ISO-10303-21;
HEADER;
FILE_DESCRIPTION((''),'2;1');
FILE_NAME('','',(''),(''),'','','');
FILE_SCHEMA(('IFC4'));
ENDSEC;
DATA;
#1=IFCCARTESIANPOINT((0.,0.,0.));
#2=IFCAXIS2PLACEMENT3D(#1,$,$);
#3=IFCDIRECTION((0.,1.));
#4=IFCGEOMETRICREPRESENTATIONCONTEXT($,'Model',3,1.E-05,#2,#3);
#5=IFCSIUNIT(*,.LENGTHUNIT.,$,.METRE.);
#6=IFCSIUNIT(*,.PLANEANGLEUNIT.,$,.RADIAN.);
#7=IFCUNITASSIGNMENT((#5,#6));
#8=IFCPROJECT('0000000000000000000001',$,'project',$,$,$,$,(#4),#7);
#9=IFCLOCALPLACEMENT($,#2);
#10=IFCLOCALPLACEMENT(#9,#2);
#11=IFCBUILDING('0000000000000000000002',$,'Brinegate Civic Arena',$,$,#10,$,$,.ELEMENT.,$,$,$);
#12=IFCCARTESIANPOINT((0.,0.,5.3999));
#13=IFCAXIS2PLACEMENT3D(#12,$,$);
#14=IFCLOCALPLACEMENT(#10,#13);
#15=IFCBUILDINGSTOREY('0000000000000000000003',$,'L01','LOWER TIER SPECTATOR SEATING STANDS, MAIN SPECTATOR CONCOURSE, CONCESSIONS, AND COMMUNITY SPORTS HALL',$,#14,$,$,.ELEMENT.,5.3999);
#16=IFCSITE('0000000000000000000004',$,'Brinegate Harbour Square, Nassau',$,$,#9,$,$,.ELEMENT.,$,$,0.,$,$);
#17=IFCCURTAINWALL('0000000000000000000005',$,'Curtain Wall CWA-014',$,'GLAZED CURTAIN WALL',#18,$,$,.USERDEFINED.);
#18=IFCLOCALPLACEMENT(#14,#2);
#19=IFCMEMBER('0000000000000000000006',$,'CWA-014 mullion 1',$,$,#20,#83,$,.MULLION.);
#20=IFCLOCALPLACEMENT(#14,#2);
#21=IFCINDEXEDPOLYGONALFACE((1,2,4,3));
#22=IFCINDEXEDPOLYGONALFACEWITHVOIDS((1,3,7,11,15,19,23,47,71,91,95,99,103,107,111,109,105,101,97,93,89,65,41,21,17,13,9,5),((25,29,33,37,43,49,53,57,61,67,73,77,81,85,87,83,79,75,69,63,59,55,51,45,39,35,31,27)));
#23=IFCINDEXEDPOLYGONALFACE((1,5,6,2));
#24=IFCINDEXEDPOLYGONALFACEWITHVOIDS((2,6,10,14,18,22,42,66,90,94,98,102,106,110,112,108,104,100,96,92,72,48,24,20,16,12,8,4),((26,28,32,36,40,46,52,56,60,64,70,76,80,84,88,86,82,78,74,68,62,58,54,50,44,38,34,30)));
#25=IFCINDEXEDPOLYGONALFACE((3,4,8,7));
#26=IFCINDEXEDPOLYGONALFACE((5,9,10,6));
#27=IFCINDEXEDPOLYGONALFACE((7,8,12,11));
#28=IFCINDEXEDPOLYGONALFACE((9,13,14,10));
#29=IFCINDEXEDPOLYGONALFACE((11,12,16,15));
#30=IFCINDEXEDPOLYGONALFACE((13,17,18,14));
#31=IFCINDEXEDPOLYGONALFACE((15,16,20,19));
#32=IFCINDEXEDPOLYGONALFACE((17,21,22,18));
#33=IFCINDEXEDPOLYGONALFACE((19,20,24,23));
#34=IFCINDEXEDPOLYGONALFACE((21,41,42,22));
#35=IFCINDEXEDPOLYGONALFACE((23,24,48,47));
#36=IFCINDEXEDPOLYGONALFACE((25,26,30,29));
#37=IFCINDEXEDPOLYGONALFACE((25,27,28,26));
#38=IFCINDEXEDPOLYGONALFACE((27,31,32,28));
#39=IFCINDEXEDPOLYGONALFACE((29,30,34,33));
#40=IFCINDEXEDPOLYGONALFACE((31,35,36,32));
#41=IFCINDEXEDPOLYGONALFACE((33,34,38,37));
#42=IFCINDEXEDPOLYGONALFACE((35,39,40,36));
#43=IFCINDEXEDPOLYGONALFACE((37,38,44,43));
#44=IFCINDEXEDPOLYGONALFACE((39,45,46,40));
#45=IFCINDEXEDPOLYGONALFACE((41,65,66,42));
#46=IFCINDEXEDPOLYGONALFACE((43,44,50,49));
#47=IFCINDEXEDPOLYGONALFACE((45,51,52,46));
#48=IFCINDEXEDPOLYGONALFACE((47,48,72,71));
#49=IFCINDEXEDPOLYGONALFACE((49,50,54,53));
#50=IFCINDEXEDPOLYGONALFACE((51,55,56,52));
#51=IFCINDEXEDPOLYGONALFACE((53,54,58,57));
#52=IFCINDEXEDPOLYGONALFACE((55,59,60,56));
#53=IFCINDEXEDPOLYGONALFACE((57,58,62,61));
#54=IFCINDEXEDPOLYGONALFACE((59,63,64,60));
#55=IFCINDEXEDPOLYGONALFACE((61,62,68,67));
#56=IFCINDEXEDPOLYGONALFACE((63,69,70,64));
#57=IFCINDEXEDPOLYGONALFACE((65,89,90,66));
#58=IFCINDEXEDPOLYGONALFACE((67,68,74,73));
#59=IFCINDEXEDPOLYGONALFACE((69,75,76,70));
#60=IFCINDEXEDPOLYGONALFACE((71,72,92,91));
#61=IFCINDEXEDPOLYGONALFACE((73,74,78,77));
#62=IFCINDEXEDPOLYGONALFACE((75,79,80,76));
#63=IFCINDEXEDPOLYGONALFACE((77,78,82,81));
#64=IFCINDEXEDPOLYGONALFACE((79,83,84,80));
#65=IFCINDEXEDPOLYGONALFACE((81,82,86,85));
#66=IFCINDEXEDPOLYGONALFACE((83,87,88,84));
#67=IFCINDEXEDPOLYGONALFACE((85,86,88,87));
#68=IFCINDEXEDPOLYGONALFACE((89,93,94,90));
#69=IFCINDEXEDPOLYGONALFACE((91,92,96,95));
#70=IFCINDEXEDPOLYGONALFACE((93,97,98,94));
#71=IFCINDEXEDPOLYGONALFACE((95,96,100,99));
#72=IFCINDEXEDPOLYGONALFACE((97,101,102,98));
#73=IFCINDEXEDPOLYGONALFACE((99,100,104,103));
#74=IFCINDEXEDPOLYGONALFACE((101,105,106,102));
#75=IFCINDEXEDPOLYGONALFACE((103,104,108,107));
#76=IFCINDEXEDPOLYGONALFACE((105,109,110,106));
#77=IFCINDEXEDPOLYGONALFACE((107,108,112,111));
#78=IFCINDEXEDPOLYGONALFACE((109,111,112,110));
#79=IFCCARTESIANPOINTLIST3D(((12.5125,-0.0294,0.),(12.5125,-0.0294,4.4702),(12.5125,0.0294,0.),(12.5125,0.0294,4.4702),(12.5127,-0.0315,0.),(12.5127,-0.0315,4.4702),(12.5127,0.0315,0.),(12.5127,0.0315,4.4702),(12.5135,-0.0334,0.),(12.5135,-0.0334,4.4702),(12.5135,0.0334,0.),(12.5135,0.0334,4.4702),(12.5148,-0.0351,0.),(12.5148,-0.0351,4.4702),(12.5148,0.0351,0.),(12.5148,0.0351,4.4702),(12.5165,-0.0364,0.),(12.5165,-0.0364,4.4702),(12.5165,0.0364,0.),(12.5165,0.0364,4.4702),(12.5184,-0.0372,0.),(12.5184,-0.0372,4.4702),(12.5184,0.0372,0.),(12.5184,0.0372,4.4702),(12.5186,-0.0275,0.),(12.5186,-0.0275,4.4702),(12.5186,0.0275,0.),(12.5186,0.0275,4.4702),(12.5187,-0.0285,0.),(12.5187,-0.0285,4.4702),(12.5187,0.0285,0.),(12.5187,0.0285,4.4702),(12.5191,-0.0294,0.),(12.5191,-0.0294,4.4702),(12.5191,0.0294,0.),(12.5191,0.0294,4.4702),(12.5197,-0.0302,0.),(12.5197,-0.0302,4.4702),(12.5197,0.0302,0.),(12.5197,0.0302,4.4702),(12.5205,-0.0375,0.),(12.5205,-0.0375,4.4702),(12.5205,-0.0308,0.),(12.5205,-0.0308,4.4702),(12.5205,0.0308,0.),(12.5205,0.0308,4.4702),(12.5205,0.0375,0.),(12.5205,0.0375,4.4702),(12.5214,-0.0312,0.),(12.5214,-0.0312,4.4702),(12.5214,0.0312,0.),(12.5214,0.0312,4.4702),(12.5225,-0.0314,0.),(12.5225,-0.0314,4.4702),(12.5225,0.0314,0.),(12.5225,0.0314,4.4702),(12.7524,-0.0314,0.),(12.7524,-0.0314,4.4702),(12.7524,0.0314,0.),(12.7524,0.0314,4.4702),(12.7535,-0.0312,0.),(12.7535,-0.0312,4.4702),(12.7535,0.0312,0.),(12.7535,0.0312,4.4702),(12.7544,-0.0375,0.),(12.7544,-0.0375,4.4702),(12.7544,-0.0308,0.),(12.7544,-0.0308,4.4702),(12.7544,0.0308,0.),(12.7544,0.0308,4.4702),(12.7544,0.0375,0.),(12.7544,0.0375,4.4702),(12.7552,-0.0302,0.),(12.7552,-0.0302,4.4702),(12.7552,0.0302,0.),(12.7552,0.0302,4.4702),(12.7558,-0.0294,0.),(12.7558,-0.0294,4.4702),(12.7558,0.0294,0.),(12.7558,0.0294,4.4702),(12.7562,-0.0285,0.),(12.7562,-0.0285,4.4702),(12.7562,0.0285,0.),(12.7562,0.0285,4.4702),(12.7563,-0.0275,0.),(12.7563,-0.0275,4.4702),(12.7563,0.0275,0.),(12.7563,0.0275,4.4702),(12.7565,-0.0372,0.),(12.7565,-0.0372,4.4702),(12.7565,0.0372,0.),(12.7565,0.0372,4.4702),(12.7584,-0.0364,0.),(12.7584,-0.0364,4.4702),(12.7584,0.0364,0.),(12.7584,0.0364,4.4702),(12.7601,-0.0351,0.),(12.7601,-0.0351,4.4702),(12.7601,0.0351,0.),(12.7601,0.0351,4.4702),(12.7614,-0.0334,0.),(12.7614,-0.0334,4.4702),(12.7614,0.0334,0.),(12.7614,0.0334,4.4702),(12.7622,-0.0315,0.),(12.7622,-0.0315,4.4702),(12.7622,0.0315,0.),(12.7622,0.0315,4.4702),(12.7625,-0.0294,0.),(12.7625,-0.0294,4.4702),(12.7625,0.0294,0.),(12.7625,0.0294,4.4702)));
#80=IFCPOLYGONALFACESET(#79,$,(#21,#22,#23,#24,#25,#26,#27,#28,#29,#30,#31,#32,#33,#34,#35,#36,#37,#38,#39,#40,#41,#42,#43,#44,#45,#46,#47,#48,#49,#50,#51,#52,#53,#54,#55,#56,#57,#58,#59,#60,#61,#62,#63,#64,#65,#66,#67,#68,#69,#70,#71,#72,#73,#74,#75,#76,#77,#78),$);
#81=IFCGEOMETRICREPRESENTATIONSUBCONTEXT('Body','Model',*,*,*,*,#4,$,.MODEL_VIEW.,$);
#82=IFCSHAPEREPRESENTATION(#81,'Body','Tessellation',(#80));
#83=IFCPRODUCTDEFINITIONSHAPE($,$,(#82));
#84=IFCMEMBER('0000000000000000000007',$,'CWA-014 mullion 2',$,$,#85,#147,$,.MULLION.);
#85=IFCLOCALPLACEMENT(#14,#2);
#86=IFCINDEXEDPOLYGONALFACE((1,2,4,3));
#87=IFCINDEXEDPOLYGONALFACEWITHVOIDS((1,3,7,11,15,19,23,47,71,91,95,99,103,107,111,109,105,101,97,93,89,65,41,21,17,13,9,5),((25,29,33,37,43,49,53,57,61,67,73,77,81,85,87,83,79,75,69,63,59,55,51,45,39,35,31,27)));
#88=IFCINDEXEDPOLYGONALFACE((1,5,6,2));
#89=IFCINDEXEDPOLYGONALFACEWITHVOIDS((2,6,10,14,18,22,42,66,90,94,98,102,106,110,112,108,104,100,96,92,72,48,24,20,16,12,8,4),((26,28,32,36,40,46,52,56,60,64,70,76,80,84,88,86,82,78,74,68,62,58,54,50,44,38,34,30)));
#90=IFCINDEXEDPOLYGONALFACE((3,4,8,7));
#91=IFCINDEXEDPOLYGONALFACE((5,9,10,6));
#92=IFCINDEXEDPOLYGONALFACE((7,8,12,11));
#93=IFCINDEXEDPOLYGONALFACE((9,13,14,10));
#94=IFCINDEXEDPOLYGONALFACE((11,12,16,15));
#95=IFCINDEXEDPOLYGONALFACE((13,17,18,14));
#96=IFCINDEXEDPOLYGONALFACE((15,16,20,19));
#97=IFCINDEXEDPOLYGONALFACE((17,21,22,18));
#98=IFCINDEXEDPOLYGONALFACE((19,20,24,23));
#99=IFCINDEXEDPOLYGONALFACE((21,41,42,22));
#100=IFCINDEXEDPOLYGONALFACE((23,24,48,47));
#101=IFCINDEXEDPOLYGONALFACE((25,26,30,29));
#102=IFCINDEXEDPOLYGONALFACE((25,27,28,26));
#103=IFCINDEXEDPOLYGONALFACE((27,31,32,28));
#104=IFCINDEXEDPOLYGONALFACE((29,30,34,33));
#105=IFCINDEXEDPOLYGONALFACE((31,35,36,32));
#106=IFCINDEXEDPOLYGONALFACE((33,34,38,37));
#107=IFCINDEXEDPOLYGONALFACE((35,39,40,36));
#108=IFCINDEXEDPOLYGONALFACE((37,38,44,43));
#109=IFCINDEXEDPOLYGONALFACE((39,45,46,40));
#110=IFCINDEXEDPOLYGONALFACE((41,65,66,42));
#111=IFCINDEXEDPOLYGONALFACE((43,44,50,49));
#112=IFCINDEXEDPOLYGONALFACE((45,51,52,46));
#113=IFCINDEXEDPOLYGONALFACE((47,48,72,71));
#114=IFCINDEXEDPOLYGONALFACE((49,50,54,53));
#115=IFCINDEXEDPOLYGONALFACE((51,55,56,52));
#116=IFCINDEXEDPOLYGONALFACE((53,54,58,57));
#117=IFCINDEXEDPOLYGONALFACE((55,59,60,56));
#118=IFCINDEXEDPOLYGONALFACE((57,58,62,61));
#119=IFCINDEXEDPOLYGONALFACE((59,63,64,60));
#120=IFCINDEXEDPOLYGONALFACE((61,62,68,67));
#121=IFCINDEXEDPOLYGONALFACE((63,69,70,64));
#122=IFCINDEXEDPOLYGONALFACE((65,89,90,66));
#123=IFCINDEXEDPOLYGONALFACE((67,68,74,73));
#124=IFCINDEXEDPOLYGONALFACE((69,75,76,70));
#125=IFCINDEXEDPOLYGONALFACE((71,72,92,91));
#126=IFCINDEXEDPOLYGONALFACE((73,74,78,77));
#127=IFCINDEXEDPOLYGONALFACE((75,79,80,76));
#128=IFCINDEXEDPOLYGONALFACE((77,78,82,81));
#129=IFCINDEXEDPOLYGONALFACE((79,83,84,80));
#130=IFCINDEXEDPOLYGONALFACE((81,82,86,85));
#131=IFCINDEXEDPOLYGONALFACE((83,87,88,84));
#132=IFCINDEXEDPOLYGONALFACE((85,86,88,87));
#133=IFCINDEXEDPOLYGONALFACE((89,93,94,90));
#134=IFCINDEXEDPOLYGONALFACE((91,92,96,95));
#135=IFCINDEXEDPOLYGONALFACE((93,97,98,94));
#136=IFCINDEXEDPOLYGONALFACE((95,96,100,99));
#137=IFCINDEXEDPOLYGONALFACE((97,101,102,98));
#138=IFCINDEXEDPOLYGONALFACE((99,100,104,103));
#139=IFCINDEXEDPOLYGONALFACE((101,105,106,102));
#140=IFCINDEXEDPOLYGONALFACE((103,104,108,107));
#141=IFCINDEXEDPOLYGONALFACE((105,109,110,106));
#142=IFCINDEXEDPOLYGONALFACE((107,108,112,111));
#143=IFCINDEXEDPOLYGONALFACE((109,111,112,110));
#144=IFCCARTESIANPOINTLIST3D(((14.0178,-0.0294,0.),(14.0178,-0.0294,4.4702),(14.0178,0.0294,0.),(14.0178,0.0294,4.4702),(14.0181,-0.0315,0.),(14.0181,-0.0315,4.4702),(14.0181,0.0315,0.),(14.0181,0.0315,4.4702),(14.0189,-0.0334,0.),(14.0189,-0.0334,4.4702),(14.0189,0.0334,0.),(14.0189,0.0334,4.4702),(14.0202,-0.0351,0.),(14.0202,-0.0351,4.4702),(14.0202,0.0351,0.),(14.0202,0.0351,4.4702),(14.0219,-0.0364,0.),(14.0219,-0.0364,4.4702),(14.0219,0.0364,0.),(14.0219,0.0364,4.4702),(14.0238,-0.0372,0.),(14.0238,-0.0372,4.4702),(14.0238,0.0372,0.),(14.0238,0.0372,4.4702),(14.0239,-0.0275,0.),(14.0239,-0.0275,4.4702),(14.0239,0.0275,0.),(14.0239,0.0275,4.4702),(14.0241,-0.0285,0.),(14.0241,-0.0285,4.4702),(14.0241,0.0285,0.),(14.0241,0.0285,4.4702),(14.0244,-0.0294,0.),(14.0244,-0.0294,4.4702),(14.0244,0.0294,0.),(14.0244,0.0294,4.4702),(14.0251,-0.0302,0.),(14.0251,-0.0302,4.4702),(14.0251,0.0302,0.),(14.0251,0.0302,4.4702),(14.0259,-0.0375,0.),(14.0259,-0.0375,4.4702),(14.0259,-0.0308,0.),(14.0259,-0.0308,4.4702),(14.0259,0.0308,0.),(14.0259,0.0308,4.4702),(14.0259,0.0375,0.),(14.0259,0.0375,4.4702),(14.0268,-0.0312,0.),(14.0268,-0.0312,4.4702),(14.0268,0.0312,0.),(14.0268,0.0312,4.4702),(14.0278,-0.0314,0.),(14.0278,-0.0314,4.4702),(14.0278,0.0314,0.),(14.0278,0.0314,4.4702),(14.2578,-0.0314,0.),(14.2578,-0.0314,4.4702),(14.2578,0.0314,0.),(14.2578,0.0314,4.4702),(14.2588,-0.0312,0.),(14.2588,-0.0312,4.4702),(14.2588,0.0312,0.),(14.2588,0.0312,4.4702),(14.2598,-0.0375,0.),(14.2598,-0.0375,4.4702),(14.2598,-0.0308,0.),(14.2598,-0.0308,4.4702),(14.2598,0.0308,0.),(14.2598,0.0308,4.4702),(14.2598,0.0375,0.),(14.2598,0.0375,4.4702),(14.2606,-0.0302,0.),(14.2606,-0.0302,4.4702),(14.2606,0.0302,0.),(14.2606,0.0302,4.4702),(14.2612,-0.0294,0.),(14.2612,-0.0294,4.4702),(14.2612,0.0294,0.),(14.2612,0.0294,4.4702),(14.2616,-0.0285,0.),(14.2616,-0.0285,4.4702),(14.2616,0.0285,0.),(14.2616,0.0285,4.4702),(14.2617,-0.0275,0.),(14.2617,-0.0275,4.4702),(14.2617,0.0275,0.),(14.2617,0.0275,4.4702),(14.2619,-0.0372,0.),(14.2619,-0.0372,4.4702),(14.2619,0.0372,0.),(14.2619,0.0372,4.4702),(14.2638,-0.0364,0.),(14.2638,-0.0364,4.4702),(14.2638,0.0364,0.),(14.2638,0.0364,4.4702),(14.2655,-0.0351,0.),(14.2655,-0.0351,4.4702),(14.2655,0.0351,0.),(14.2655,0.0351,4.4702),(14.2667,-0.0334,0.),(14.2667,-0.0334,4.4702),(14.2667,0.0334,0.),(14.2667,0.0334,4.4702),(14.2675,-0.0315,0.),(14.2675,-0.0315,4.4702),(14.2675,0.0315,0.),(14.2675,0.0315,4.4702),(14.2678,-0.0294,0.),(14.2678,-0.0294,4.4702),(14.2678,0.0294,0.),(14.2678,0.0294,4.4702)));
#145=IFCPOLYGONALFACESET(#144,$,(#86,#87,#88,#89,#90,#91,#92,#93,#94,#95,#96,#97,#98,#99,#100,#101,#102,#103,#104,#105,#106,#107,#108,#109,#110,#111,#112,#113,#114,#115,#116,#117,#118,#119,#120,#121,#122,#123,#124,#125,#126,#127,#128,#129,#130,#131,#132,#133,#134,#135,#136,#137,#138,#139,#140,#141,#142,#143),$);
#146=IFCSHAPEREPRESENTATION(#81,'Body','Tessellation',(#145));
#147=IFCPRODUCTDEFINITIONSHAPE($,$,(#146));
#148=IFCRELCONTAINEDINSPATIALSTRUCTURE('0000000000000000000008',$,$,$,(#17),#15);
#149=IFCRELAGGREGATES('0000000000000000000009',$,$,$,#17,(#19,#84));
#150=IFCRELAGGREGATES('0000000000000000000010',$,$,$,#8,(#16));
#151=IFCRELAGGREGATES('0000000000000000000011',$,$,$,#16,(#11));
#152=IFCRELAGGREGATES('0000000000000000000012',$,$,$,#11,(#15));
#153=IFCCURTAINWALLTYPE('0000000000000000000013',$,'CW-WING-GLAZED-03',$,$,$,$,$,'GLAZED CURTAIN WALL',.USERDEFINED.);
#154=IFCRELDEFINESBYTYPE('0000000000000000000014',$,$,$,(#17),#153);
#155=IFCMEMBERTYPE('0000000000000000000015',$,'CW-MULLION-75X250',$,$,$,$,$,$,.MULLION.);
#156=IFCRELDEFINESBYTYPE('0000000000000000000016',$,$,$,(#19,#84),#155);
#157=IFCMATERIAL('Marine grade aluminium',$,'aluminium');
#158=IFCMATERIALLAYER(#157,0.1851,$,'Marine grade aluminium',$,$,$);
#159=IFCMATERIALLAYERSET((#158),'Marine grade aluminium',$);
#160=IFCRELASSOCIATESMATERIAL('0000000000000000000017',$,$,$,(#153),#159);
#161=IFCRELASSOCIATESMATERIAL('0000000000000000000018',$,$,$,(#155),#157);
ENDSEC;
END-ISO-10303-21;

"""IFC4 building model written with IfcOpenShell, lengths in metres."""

from ifc_helpers import new_model, si_unit, direction, frame, origin, origin_2d, place, context, subcontext, project, spatial, hollow_rectangle, extrude, material, layer, layer_set, material_profile, profile_set, type_object, element, aggregate, save


model = new_model("IFC4")

# Units and contexts
model_context = context("Model", 3, precision=1e-05, world=origin(), true_north=direction((0.0, 1.0)))
body_context = subcontext(model_context, "Body", "Model", "MODEL_VIEW")
ifc_project = project(units=[si_unit("LENGTHUNIT", "METRE"), si_unit("PLANEANGLEUNIT", "RADIAN")], contexts=[model_context])

# Site, building, storey
site_placement = place(None, origin())
site = spatial("IfcSite", under=ifc_project, at=site_placement, Name="Brinegate Harbour Square, Nassau", CompositionType="ELEMENT", RefElevation=0.0)
building_placement = place(site_placement, origin())
building = spatial("IfcBuilding", under=site, at=building_placement, Name="Brinegate Civic Arena", CompositionType="ELEMENT")
storey_placement = place(building_placement, frame((0.0, 0.0, 5.3999)))
storey = spatial("IfcBuildingStorey", under=building, at=storey_placement, Name="L01", Description="LOWER TIER SPECTATOR SEATING STANDS, MAIN SPECTATOR CONCOURSE, CONCESSIONS, AND COMMUNITY SPORTS HALL", CompositionType="ELEMENT", Elevation=5.3999)

# Curtain wall, members
ifc_material_1 = material(Name="Marine grade aluminium", Category="aluminium")
ifc_layer_1 = layer(ifc_material_1, 0.1851, Name="Marine grade aluminium")
ifc_layer_set_1 = layer_set([ifc_layer_1], Name="Marine grade aluminium")
curtain_wall_type = type_object("IfcCurtainWallType", Name="CW-WING-GLAZED-03", ElementType="GLAZED CURTAIN WALL", PredefinedType="USERDEFINED", material=ifc_layer_set_1)
curtain_wall_placement = place(storey_placement, origin())
curtain_wall = element("IfcCurtainWall", 1, at=curtain_wall_placement, inside=storey, type_object=curtain_wall_type, Name="Curtain Wall CWA-014", ObjectType="GLAZED CURTAIN WALL", PredefinedType="USERDEFINED")
ifc_material_profile_1 = material_profile(ifc_material_1, hollow_rectangle(XDim=0.075, YDim=0.25, WallThickness=0.0061, InnerFilletRadius=0.0039, OuterFilletRadius=0.0081, at=origin_2d()), Name="MUL75X250")
ifc_profile_set_1 = profile_set([ifc_material_profile_1], Name="Marine grade aluminium")
member_type_1 = type_object("IfcMemberType", Name="CW-MULLION-75X250", PredefinedType="MULLION", material=ifc_profile_set_1)
member_1_placement = place(storey_placement, frame((12.6375, 0.0, 0.0), z_axis=(0.0, 0.0, 1.0), x_axis=(0.0, 1.0, 0.0)))
member_1 = element("IfcMember", 2, at=member_1_placement, type_object=member_type_1, Name="CWA-014 mullion 1", PredefinedType="MULLION", context=body_context, shape_type="SweptSolid", body=[
    extrude(hollow_rectangle(XDim=0.075, YDim=0.25, WallThickness=0.0061, InnerFilletRadius=0.0039, OuterFilletRadius=0.0081, at=origin_2d()), origin(), (0.0, 0.0, 1.0), 4.4702),
])
member_2_placement = place(storey_placement, frame((14.1428, 0.0, 0.0), z_axis=(0.0, 0.0, 1.0), x_axis=(0.0, 1.0, 0.0)))
member_2 = element("IfcMember", 3, at=member_2_placement, type_object=member_type_1, Name="CWA-014 mullion 2", PredefinedType="MULLION", context=body_context, shape_type="SweptSolid", body=[
    extrude(hollow_rectangle(XDim=0.075, YDim=0.25, WallThickness=0.0061, InnerFilletRadius=0.0039, OuterFilletRadius=0.0081, at=origin_2d()), origin(), (0.0, 0.0, 1.0), 4.4702),
])
aggregate(curtain_wall, [member_1, member_2])

save(model, "model.ifc")
